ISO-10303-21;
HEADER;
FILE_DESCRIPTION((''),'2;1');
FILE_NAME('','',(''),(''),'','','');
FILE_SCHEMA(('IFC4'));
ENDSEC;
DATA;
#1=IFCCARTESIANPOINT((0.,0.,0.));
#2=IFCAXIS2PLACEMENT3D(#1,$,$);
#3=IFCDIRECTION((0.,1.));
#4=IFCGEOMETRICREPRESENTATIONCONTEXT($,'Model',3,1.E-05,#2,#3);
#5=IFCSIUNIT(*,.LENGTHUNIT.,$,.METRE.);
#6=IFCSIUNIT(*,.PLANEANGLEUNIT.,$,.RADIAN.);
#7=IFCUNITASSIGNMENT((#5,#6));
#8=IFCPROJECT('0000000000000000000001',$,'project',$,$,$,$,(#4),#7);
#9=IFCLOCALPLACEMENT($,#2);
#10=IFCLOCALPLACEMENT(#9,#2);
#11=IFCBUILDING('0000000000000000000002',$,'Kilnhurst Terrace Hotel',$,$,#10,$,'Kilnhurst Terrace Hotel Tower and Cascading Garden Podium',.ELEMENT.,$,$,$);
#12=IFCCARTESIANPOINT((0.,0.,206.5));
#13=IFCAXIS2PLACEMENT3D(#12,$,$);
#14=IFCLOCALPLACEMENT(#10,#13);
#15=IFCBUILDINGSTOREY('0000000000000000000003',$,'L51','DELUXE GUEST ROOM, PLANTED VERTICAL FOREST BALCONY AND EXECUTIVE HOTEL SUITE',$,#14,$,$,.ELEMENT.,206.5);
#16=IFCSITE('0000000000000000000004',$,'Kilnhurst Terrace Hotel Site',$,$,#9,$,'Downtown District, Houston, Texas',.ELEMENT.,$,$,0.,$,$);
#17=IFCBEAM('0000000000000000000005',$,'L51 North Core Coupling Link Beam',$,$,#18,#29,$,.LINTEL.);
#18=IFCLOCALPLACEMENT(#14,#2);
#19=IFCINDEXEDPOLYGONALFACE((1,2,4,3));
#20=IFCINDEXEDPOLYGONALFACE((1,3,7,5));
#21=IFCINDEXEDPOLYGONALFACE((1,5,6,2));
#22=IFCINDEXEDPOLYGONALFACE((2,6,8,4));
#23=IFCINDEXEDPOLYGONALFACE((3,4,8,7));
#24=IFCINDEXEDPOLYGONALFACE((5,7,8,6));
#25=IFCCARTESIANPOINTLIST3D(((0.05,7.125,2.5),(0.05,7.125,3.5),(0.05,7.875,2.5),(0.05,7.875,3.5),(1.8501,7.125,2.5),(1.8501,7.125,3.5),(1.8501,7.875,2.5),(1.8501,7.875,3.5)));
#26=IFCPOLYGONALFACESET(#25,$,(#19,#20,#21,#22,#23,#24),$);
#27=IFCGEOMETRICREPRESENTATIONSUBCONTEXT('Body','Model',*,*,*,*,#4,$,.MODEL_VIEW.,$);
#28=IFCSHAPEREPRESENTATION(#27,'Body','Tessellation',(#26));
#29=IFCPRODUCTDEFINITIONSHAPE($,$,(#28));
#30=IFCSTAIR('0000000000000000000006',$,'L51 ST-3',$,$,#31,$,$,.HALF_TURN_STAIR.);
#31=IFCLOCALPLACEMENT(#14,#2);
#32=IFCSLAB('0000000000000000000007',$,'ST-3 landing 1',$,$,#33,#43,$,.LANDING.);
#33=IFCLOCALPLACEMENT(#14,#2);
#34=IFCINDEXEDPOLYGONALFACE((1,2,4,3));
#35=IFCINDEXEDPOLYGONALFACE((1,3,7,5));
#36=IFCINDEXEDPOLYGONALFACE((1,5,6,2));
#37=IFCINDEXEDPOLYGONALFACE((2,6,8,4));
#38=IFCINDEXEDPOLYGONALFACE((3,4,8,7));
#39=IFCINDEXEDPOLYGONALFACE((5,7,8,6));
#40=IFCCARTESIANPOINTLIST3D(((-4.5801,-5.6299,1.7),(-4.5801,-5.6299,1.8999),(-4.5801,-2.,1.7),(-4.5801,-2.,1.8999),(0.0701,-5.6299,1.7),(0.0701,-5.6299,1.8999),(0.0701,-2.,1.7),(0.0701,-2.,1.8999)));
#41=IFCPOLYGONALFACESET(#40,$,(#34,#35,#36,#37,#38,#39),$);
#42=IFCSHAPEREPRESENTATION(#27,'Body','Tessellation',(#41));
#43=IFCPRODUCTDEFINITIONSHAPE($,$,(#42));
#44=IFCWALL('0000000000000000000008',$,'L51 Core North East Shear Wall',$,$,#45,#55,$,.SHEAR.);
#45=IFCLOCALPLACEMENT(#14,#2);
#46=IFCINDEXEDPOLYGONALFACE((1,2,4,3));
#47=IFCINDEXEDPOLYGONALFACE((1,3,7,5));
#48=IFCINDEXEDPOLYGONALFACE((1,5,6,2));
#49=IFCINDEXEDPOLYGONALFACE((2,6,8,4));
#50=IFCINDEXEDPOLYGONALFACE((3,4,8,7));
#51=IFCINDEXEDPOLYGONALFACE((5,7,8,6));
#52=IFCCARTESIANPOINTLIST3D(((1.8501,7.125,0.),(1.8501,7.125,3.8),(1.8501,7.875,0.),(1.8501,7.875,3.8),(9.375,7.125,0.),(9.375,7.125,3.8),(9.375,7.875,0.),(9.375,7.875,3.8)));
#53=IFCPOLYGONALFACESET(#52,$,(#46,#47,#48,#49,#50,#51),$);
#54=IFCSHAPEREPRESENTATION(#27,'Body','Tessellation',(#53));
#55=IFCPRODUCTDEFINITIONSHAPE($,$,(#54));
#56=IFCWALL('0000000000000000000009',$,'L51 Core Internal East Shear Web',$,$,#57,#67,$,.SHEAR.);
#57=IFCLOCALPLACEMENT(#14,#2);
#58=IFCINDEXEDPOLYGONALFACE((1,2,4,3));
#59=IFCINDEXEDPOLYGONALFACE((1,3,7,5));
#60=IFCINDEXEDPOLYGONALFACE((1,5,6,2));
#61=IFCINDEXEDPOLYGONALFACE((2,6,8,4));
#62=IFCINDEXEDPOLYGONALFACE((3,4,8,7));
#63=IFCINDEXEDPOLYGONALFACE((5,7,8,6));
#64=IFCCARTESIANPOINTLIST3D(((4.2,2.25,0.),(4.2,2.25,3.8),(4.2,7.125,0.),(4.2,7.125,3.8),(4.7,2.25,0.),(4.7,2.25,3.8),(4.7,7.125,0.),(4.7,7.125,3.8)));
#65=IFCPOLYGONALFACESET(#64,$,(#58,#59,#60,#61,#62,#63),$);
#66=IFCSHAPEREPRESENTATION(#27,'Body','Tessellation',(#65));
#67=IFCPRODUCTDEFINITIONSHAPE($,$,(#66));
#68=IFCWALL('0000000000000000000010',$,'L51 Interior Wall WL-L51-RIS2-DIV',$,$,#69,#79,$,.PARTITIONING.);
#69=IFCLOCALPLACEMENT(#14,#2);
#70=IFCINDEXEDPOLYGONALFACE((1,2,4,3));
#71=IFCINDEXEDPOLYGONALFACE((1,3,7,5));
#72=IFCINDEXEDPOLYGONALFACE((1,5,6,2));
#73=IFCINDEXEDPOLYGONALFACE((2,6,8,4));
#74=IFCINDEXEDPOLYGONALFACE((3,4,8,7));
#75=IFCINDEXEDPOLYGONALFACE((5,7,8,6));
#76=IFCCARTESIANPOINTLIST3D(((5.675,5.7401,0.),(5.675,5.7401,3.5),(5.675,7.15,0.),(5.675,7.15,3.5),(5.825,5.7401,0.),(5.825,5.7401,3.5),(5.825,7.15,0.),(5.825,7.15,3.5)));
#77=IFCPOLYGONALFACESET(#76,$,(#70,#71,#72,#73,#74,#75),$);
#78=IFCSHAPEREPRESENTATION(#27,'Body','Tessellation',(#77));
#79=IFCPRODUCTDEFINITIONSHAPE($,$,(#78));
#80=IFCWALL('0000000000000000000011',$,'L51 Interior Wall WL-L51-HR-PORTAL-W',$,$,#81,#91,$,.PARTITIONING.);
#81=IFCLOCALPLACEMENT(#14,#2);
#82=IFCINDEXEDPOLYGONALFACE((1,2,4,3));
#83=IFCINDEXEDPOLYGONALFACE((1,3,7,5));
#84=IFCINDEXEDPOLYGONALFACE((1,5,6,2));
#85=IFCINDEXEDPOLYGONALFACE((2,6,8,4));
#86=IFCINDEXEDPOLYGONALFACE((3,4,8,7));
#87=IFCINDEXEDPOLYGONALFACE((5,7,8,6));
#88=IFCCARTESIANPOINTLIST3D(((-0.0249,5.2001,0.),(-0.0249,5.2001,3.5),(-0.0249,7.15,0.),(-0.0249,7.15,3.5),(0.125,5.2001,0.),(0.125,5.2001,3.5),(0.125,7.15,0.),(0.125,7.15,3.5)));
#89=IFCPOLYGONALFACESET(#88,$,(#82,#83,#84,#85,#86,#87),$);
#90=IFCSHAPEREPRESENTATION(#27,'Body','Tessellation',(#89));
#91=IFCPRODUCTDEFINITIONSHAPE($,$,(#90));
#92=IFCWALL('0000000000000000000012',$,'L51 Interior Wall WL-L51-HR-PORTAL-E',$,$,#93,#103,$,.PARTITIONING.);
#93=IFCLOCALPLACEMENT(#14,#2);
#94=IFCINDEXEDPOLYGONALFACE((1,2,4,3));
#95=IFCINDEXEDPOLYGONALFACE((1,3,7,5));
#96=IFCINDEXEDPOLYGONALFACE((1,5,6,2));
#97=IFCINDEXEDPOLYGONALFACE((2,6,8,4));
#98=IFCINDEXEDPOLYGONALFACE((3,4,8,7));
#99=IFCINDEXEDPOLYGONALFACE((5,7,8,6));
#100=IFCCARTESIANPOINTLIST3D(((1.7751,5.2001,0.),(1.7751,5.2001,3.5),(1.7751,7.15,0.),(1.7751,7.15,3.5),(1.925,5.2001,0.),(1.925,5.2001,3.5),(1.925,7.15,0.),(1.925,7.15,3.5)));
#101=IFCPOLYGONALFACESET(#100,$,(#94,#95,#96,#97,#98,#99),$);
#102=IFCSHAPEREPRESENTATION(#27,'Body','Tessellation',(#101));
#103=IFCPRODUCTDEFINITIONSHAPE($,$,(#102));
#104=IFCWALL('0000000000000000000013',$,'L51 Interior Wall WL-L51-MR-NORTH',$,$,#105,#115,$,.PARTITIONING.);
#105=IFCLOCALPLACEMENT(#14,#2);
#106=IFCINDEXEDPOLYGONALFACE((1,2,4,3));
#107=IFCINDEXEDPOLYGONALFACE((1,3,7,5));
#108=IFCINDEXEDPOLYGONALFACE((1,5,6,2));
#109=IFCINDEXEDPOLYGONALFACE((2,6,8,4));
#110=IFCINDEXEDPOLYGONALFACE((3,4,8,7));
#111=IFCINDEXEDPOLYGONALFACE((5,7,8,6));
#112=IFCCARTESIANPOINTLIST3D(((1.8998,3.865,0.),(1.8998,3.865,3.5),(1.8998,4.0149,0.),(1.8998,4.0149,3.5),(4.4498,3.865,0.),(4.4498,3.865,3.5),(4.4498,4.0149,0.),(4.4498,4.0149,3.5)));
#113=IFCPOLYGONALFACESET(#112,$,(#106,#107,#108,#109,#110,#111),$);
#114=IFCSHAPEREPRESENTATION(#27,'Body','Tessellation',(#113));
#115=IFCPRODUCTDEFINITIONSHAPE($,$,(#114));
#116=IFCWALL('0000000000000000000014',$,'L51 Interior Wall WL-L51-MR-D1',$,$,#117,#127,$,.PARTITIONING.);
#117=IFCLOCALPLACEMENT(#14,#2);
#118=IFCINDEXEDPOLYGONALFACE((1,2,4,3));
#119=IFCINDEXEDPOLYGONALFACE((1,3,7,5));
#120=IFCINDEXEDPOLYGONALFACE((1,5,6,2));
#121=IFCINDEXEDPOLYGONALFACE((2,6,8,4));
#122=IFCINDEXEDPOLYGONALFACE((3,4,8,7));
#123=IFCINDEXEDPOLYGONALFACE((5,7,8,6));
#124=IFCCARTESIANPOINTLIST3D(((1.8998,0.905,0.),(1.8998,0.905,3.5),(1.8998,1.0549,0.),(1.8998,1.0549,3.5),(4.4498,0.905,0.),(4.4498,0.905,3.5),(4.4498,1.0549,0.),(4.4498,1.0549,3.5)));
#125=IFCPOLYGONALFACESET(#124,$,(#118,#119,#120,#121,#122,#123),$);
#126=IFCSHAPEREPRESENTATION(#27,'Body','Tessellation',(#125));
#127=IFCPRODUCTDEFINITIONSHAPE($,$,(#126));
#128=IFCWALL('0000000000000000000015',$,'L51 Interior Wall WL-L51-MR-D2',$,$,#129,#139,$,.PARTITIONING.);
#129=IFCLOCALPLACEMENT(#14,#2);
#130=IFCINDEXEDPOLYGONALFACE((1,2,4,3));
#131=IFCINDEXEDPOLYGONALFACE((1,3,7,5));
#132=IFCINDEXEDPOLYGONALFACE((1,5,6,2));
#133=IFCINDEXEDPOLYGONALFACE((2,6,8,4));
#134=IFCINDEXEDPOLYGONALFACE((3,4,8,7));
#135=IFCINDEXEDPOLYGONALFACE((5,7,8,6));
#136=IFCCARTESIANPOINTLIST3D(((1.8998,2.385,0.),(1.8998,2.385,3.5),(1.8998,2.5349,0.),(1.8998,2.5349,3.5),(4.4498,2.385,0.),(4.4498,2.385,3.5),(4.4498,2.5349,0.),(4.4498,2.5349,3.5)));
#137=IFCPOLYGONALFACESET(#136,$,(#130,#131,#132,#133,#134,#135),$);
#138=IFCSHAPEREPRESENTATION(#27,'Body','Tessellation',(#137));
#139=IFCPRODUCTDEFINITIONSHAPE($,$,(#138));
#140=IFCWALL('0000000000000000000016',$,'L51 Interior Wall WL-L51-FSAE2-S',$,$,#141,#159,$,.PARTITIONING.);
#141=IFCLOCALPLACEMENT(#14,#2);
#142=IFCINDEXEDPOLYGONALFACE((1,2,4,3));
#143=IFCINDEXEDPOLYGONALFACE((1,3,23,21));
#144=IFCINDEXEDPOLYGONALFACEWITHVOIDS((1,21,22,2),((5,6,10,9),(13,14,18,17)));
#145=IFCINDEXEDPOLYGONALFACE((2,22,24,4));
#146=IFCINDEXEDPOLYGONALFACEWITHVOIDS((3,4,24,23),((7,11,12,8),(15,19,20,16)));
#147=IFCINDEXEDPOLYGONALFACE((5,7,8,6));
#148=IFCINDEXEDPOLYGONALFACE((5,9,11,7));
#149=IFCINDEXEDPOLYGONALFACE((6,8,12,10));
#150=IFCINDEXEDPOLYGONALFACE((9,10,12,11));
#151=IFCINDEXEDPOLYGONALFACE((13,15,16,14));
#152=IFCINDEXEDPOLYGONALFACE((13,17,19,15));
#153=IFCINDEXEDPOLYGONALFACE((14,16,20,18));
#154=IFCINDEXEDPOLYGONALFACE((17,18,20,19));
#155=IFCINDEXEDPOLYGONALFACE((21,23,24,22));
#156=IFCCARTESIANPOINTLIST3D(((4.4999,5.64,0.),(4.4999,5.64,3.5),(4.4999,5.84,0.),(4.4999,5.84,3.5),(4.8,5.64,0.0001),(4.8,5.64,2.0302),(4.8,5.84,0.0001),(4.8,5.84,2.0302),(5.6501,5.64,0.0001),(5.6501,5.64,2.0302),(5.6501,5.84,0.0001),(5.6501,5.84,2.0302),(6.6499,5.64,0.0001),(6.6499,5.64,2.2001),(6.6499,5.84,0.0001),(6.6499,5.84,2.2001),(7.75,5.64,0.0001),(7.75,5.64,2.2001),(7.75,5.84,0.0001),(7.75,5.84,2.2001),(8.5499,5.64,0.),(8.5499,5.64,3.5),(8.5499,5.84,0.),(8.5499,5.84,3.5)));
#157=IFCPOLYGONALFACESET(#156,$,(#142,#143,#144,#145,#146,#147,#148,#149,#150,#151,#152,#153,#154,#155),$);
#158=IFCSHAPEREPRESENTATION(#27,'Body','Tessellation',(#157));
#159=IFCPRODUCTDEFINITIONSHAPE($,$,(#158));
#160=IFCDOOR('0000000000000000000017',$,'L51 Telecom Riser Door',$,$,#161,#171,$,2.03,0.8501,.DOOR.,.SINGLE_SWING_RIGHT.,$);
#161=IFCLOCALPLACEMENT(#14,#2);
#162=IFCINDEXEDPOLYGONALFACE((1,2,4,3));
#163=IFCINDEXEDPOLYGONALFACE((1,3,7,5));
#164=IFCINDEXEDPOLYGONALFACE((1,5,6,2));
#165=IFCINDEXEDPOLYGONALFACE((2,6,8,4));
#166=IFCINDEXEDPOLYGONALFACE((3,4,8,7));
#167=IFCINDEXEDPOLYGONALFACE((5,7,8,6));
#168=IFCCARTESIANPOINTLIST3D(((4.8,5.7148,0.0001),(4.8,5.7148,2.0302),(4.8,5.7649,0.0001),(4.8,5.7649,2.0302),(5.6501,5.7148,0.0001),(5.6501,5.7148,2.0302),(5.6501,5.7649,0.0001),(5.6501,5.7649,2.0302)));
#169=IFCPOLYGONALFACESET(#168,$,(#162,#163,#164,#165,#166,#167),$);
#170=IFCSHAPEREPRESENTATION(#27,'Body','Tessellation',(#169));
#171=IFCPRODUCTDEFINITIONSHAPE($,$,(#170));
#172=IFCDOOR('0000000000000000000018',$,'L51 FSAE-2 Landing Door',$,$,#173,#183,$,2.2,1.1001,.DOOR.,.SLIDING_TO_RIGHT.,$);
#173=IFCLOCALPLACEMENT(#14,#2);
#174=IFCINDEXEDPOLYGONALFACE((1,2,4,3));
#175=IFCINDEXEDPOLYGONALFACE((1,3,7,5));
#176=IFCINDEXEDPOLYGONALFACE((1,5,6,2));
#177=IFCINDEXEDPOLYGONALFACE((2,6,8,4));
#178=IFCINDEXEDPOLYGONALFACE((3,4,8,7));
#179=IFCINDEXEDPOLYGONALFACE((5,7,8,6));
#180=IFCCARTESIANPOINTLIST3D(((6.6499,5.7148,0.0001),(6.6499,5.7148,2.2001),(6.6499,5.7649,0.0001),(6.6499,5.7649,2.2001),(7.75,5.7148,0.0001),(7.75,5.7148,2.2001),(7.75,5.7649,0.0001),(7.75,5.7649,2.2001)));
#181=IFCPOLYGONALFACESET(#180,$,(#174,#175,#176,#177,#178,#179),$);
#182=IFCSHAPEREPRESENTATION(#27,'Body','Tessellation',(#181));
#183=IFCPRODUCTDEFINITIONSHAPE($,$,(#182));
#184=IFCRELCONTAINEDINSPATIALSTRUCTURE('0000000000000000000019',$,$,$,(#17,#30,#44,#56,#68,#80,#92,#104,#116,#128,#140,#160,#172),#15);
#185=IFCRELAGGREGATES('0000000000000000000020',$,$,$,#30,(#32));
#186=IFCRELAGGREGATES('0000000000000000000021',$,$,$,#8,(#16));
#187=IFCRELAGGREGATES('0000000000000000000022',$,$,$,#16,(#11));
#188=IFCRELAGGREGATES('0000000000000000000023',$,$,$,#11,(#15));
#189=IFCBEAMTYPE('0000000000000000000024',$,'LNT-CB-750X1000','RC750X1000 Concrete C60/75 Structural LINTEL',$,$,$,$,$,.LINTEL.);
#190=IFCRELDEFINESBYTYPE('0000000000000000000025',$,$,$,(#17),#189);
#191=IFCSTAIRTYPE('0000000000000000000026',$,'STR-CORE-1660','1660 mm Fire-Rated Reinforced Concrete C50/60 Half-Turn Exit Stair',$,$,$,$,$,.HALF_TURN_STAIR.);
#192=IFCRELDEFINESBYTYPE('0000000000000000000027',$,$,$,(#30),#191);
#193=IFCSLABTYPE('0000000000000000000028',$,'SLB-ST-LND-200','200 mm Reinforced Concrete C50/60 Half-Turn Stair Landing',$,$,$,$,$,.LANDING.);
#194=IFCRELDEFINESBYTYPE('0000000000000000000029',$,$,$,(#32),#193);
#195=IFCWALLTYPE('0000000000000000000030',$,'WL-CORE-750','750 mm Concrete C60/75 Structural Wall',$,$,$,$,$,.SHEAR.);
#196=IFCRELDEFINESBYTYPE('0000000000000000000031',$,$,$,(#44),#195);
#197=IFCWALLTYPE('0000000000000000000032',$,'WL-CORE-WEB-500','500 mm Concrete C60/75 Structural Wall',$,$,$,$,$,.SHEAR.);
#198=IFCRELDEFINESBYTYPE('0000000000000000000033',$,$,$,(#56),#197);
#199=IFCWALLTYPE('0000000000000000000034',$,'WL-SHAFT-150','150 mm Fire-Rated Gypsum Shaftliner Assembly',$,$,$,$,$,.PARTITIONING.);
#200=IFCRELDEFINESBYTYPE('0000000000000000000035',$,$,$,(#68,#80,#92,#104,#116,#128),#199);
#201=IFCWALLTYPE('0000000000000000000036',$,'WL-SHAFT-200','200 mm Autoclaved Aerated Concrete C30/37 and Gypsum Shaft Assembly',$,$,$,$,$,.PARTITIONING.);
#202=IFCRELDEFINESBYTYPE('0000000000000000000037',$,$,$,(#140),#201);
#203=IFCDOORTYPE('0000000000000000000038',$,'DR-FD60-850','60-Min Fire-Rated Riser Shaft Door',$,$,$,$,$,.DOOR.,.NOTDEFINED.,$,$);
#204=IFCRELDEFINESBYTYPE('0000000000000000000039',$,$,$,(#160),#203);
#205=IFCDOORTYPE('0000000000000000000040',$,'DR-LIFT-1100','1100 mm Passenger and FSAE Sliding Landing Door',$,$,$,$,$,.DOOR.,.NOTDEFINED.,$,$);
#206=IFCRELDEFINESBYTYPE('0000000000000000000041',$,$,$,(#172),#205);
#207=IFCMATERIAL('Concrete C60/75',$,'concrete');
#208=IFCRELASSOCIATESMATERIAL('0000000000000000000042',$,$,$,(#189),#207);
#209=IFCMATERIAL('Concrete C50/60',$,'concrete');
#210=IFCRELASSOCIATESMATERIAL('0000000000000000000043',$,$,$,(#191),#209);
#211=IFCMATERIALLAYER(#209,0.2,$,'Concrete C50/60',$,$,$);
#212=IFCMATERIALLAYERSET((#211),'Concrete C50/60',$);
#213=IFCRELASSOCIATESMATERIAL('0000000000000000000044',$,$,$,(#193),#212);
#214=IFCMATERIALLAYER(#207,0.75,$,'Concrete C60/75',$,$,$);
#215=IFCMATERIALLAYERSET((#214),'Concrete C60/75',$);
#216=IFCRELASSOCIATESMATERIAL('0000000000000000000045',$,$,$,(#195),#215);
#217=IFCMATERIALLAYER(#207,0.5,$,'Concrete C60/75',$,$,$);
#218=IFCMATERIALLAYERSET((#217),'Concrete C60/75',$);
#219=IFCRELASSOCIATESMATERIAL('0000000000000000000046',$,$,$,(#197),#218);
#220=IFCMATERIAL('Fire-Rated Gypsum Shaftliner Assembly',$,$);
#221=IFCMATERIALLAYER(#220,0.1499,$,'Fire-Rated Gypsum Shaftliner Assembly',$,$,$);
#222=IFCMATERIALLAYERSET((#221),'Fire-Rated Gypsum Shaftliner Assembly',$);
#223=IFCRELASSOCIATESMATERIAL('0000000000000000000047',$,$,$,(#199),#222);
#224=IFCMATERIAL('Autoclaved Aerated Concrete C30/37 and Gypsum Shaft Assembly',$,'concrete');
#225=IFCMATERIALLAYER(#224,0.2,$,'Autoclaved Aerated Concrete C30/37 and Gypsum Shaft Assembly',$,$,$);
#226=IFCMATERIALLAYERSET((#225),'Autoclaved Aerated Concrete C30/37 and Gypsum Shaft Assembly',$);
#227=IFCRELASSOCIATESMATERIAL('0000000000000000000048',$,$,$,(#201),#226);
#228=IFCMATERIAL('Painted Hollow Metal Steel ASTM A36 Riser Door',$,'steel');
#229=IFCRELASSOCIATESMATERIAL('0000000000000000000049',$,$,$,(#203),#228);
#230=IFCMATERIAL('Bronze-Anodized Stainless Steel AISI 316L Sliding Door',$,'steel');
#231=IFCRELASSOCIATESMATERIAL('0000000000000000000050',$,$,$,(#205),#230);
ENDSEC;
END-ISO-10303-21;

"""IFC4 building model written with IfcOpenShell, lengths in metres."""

from ifc_helpers import new_model, si_unit, direction, frame, frame_2d, origin, origin_2d, place, context, subcontext, project, spatial, polyline, rectangle, outline, extrude, material, layer, layer_set, material_profile, profile_set, type_object, element, fill, aggregate, save


model = new_model("IFC4")

# Units and contexts
model_context = context("Model", 3, precision=1e-05, world=origin(), true_north=direction((0.0, 1.0)))
body_context = subcontext(model_context, "Body", "Model", "MODEL_VIEW")
ifc_project = project(units=[si_unit("LENGTHUNIT", "METRE"), si_unit("PLANEANGLEUNIT", "RADIAN")], contexts=[model_context])

# Site, building, storey
site_placement = place(None, origin())
site = spatial("IfcSite", under=ifc_project, at=site_placement, Name="Kilnhurst Terrace Hotel Site", LongName="Downtown District, Houston, Texas", CompositionType="ELEMENT", RefElevation=0.0)
building_placement = place(site_placement, origin())
building = spatial("IfcBuilding", under=site, at=building_placement, Name="Kilnhurst Terrace Hotel", LongName="Kilnhurst Terrace Hotel Tower and Cascading Garden Podium", CompositionType="ELEMENT")
storey_placement = place(building_placement, frame((0.0, 0.0, 206.5)))
storey = spatial("IfcBuildingStorey", under=building, at=storey_placement, Name="L51", Description="DELUXE GUEST ROOM, PLANTED VERTICAL FOREST BALCONY AND EXECUTIVE HOTEL SUITE", CompositionType="ELEMENT", Elevation=206.5)

# Beam
ifc_material_1 = material(Name="Concrete C60/75", Category="concrete")
ifc_material_profile = material_profile(ifc_material_1, rectangle(XDim=0.75, YDim=1.0, at=origin_2d()), Name="RC750X1000")
ifc_profile_set = profile_set([ifc_material_profile], Name="Concrete C60/75")
beam_type = type_object("IfcBeamType", Name="LNT-CB-750X1000", Description="RC750X1000 Concrete C60/75 Structural LINTEL", PredefinedType="LINTEL", material=ifc_profile_set)
beam_placement = place(storey_placement, frame((0.05, 7.5, 3.0), z_axis=(1.0, 0.0, 0.0), x_axis=(0.0, 1.0, 0.0)))
element("IfcBeam", 1, at=beam_placement, inside=storey, type_object=beam_type, Name="L51 North Core Coupling Link Beam", PredefinedType="LINTEL", context=body_context, shape_type="SweptSolid", body=[
    extrude(rectangle(XDim=0.75, YDim=1.0, at=origin_2d()), origin(), (0.0, 0.0, 1.0), 1.8),
])

# Stair, slab
ifc_material_2 = material(Name="Concrete C50/60", Category="concrete")
stair_type = type_object("IfcStairType", Name="STR-CORE-1660", Description="1660 mm Fire-Rated Reinforced Concrete C50/60 Half-Turn Exit Stair", PredefinedType="HALF_TURN_STAIR", material=ifc_material_2)
stair_1_placement = place(storey_placement, origin())
stair_1 = element("IfcStair", 2, at=stair_1_placement, inside=storey, type_object=stair_type, Name="L51 ST-3", PredefinedType="HALF_TURN_STAIR")
ifc_layer_1 = layer(ifc_material_2, 0.2, Name="Concrete C50/60")
ifc_layer_set_1 = layer_set([ifc_layer_1], Name="Concrete C50/60")
slab_type = type_object("IfcSlabType", Name="SLB-ST-LND-200", Description="200 mm Reinforced Concrete C50/60 Half-Turn Stair Landing", PredefinedType="LANDING", material=ifc_layer_set_1)
slab_placement = place(storey_placement, frame((0.0, 0.0, 1.7)))
slab = element("IfcSlab", 3, at=slab_placement, type_object=slab_type, Name="ST-3 landing 1", PredefinedType="LANDING", context=body_context, shape_type="SweptSolid", body=[
    extrude(outline(polyline([(0.0701, -2.0), (0.0701, -5.6299), (-4.5801, -5.6299), (-4.5801, -2.0), (0.0701, -2.0)])), origin(), (0.0, 0.0, 1.0), 0.2),
])
aggregate(stair_1, [slab])

# Walls
ifc_layer_2 = layer(ifc_material_1, 0.75, Name="Concrete C60/75")
ifc_layer_set_2 = layer_set([ifc_layer_2], Name="Concrete C60/75")
wall_type_1 = type_object("IfcWallType", Name="WL-CORE-750", Description="750 mm Concrete C60/75 Structural Wall", PredefinedType="SHEAR", material=ifc_layer_set_2)
wall_1_placement = place(storey_placement, frame((1.8501, 7.5, 0.0), z_axis=(0.0, 0.0, 1.0), x_axis=(1.0, 0.0, 0.0)))
element("IfcWall", 4, at=wall_1_placement, inside=storey, type_object=wall_type_1, Name="L51 Core North East Shear Wall", PredefinedType="SHEAR", context=body_context, shape_type="SweptSolid", body=[
    extrude(rectangle(XDim=7.5249, YDim=0.75, at=frame_2d((3.7625, 0.0))), origin(), (0.0, 0.0, 1.0), 3.8),
])
ifc_layer_3 = layer(ifc_material_1, 0.5, Name="Concrete C60/75")
ifc_layer_set_3 = layer_set([ifc_layer_3], Name="Concrete C60/75")
wall_type_2 = type_object("IfcWallType", Name="WL-CORE-WEB-500", Description="500 mm Concrete C60/75 Structural Wall", PredefinedType="SHEAR", material=ifc_layer_set_3)
wall_2_placement = place(storey_placement, frame((4.45, 2.25, 0.0), z_axis=(0.0, 0.0, 1.0), x_axis=(0.0, 1.0, 0.0)))
element("IfcWall", 5, at=wall_2_placement, inside=storey, type_object=wall_type_2, Name="L51 Core Internal East Shear Web", PredefinedType="SHEAR", context=body_context, shape_type="SweptSolid", body=[
    extrude(rectangle(XDim=4.875, YDim=0.5, at=frame_2d((2.4375, 0.0))), origin(), (0.0, 0.0, 1.0), 3.8),
])
ifc_material_3 = material(Name="Fire-Rated Gypsum Shaftliner Assembly")
ifc_layer_4 = layer(ifc_material_3, 0.1499, Name="Fire-Rated Gypsum Shaftliner Assembly")
ifc_layer_set_4 = layer_set([ifc_layer_4], Name="Fire-Rated Gypsum Shaftliner Assembly")
wall_type_3 = type_object("IfcWallType", Name="WL-SHAFT-150", Description="150 mm Fire-Rated Gypsum Shaftliner Assembly", PredefinedType="PARTITIONING", material=ifc_layer_set_4)
wall_3_placement = place(storey_placement, frame((5.75, 5.74, 0.0), z_axis=(0.0, 0.0, 1.0), x_axis=(0.0, 1.0, 0.0)))
element("IfcWall", 6, at=wall_3_placement, inside=storey, type_object=wall_type_3, Name="L51 Interior Wall WL-L51-RIS2-DIV", PredefinedType="PARTITIONING", context=body_context, shape_type="SweptSolid", body=[
    extrude(rectangle(XDim=1.4099, YDim=0.1499, at=frame_2d((0.7051, 0.0))), origin(), (0.0, 0.0, 1.0), 3.5),
])
for number, where, z_axis, x_axis, name in (
    (7, (0.05, 5.2, 0.0), (0.0, 0.0, 1.0), (0.0, 1.0, 0.0), "L51 Interior Wall WL-L51-HR-PORTAL-W"),
    (8, (1.8501, 5.2, 0.0), (0.0, 0.0, 1.0), (0.0, 1.0, 0.0), "L51 Interior Wall WL-L51-HR-PORTAL-E"),
):
    element("IfcWall", number, at=place(storey_placement, frame(where, z_axis=z_axis, x_axis=x_axis)), inside=storey, type_object=wall_type_3, Name=name, PredefinedType="PARTITIONING", context=body_context, shape_type="SweptSolid", body=[
        extrude(rectangle(XDim=1.95, YDim=0.1499, at=frame_2d((0.9751, 0.0))), origin(), (0.0, 0.0, 1.0), 3.5),
    ])
for number, where, z_axis, x_axis, name in (
    (9, (1.8999, 3.9399, 0.0), (0.0, 0.0, 1.0), (1.0, 0.0, 0.0), "L51 Interior Wall WL-L51-MR-NORTH"),
    (10, (1.8999, 0.98, 0.0), (0.0, 0.0, 1.0), (1.0, 0.0, 0.0), "L51 Interior Wall WL-L51-MR-D1"),
    (11, (1.8999, 2.46, 0.0), (0.0, 0.0, 1.0), (1.0, 0.0, 0.0), "L51 Interior Wall WL-L51-MR-D2"),
):
    element("IfcWall", number, at=place(storey_placement, frame(where, z_axis=z_axis, x_axis=x_axis)), inside=storey, type_object=wall_type_3, Name=name, PredefinedType="PARTITIONING", context=body_context, shape_type="SweptSolid", body=[
        extrude(rectangle(XDim=2.55, YDim=0.1499, at=frame_2d((1.2749, 0.0))), origin(), (0.0, 0.0, 1.0), 3.5),
    ])

# Wall, openings, doors
ifc_material_4 = material(Name="Autoclaved Aerated Concrete C30/37 and Gypsum Shaft Assembly", Category="concrete")
ifc_layer_5 = layer(ifc_material_4, 0.2, Name="Autoclaved Aerated Concrete C30/37 and Gypsum Shaft Assembly")
ifc_layer_set_5 = layer_set([ifc_layer_5], Name="Autoclaved Aerated Concrete C30/37 and Gypsum Shaft Assembly")
wall_type_4 = type_object("IfcWallType", Name="WL-SHAFT-200", Description="200 mm Autoclaved Aerated Concrete C30/37 and Gypsum Shaft Assembly", PredefinedType="PARTITIONING", material=ifc_layer_set_5)
wall_4_placement = place(storey_placement, frame((4.5, 5.74, 0.0), z_axis=(0.0, 0.0, 1.0), x_axis=(1.0, 0.0, 0.0)))
wall_4 = element("IfcWall", 12, at=wall_4_placement, inside=storey, type_object=wall_type_4, Name="L51 Interior Wall WL-L51-FSAE2-S", PredefinedType="PARTITIONING", context=body_context, shape_type="SweptSolid", body=[
    extrude(rectangle(XDim=4.05, YDim=0.2, at=frame_2d((2.0249, 0.0))), origin(), (0.0, 0.0, 1.0), 3.5),
])
opening_1_placement = place(wall_4_placement, frame((0.3, 0.0, 0.0)))
opening_1 = element("IfcOpeningElement", 13, at=opening_1_placement, cuts=wall_4, PredefinedType="OPENING", context=body_context, shape_type="SweptSolid", body=[
    extrude(rectangle(XDim=0.8501, YDim=2.03, at=frame_2d((0.425, 1.0151))), frame((0.0, 0.1099, 0.0), z_axis=(0.0, -1.0, 0.0), x_axis=(1.0, 0.0, 0.0)), (0.0, 0.0, 1.0), 0.22),
])
opening_2_placement = place(wall_4_placement, frame((2.1499, 0.0, 0.0)))
opening_2 = element("IfcOpeningElement", 14, at=opening_2_placement, cuts=wall_4, PredefinedType="OPENING", context=body_context, shape_type="SweptSolid", body=[
    extrude(rectangle(XDim=1.1001, YDim=2.2, at=frame_2d((0.55, 1.1001))), frame((0.0, 0.1099, 0.0), z_axis=(0.0, -1.0, 0.0), x_axis=(1.0, 0.0, 0.0)), (0.0, 0.0, 1.0), 0.22),
])
ifc_material_5 = material(Name="Painted Hollow Metal Steel ASTM A36 Riser Door", Category="steel")
door_type_1 = type_object("IfcDoorType", Name="DR-FD60-850", Description="60-Min Fire-Rated Riser Shaft Door", OperationType="NOTDEFINED", PredefinedType="DOOR", material=ifc_material_5)
door_1_placement = place(opening_1_placement, origin())
door_1 = element("IfcDoor", 15, at=door_1_placement, inside=storey, type_object=door_type_1, Name="L51 Telecom Riser Door", OperationType="SINGLE_SWING_RIGHT", OverallHeight=2.03, OverallWidth=0.8501, PredefinedType="DOOR", context=body_context, shape_type="SweptSolid", body=[
    extrude(rectangle(XDim=0.8501, YDim=2.03, at=frame_2d((0.425, 1.0151))), frame((0.0, 0.0249, 0.0), z_axis=(0.0, -1.0, 0.0), x_axis=(1.0, 0.0, 0.0)), (0.0, 0.0, 1.0), 0.05),
])
fill(opening_1, door_1)
ifc_material_6 = material(Name="Bronze-Anodized Stainless Steel AISI 316L Sliding Door", Category="steel")
door_type_2 = type_object("IfcDoorType", Name="DR-LIFT-1100", Description="1100 mm Passenger and FSAE Sliding Landing Door", OperationType="NOTDEFINED", PredefinedType="DOOR", material=ifc_material_6)
door_2_placement = place(opening_2_placement, origin())
door_2 = element("IfcDoor", 16, at=door_2_placement, inside=storey, type_object=door_type_2, Name="L51 FSAE-2 Landing Door", OperationType="SLIDING_TO_RIGHT", OverallHeight=2.2, OverallWidth=1.1001, PredefinedType="DOOR", context=body_context, shape_type="SweptSolid", body=[
    extrude(rectangle(XDim=1.1001, YDim=2.2, at=frame_2d((0.55, 1.1001))), frame((0.0, 0.0249, 0.0), z_axis=(0.0, -1.0, 0.0), x_axis=(1.0, 0.0, 0.0)), (0.0, 0.0, 1.0), 0.05),
])
fill(opening_2, door_2)

save(model, "model.ifc")
